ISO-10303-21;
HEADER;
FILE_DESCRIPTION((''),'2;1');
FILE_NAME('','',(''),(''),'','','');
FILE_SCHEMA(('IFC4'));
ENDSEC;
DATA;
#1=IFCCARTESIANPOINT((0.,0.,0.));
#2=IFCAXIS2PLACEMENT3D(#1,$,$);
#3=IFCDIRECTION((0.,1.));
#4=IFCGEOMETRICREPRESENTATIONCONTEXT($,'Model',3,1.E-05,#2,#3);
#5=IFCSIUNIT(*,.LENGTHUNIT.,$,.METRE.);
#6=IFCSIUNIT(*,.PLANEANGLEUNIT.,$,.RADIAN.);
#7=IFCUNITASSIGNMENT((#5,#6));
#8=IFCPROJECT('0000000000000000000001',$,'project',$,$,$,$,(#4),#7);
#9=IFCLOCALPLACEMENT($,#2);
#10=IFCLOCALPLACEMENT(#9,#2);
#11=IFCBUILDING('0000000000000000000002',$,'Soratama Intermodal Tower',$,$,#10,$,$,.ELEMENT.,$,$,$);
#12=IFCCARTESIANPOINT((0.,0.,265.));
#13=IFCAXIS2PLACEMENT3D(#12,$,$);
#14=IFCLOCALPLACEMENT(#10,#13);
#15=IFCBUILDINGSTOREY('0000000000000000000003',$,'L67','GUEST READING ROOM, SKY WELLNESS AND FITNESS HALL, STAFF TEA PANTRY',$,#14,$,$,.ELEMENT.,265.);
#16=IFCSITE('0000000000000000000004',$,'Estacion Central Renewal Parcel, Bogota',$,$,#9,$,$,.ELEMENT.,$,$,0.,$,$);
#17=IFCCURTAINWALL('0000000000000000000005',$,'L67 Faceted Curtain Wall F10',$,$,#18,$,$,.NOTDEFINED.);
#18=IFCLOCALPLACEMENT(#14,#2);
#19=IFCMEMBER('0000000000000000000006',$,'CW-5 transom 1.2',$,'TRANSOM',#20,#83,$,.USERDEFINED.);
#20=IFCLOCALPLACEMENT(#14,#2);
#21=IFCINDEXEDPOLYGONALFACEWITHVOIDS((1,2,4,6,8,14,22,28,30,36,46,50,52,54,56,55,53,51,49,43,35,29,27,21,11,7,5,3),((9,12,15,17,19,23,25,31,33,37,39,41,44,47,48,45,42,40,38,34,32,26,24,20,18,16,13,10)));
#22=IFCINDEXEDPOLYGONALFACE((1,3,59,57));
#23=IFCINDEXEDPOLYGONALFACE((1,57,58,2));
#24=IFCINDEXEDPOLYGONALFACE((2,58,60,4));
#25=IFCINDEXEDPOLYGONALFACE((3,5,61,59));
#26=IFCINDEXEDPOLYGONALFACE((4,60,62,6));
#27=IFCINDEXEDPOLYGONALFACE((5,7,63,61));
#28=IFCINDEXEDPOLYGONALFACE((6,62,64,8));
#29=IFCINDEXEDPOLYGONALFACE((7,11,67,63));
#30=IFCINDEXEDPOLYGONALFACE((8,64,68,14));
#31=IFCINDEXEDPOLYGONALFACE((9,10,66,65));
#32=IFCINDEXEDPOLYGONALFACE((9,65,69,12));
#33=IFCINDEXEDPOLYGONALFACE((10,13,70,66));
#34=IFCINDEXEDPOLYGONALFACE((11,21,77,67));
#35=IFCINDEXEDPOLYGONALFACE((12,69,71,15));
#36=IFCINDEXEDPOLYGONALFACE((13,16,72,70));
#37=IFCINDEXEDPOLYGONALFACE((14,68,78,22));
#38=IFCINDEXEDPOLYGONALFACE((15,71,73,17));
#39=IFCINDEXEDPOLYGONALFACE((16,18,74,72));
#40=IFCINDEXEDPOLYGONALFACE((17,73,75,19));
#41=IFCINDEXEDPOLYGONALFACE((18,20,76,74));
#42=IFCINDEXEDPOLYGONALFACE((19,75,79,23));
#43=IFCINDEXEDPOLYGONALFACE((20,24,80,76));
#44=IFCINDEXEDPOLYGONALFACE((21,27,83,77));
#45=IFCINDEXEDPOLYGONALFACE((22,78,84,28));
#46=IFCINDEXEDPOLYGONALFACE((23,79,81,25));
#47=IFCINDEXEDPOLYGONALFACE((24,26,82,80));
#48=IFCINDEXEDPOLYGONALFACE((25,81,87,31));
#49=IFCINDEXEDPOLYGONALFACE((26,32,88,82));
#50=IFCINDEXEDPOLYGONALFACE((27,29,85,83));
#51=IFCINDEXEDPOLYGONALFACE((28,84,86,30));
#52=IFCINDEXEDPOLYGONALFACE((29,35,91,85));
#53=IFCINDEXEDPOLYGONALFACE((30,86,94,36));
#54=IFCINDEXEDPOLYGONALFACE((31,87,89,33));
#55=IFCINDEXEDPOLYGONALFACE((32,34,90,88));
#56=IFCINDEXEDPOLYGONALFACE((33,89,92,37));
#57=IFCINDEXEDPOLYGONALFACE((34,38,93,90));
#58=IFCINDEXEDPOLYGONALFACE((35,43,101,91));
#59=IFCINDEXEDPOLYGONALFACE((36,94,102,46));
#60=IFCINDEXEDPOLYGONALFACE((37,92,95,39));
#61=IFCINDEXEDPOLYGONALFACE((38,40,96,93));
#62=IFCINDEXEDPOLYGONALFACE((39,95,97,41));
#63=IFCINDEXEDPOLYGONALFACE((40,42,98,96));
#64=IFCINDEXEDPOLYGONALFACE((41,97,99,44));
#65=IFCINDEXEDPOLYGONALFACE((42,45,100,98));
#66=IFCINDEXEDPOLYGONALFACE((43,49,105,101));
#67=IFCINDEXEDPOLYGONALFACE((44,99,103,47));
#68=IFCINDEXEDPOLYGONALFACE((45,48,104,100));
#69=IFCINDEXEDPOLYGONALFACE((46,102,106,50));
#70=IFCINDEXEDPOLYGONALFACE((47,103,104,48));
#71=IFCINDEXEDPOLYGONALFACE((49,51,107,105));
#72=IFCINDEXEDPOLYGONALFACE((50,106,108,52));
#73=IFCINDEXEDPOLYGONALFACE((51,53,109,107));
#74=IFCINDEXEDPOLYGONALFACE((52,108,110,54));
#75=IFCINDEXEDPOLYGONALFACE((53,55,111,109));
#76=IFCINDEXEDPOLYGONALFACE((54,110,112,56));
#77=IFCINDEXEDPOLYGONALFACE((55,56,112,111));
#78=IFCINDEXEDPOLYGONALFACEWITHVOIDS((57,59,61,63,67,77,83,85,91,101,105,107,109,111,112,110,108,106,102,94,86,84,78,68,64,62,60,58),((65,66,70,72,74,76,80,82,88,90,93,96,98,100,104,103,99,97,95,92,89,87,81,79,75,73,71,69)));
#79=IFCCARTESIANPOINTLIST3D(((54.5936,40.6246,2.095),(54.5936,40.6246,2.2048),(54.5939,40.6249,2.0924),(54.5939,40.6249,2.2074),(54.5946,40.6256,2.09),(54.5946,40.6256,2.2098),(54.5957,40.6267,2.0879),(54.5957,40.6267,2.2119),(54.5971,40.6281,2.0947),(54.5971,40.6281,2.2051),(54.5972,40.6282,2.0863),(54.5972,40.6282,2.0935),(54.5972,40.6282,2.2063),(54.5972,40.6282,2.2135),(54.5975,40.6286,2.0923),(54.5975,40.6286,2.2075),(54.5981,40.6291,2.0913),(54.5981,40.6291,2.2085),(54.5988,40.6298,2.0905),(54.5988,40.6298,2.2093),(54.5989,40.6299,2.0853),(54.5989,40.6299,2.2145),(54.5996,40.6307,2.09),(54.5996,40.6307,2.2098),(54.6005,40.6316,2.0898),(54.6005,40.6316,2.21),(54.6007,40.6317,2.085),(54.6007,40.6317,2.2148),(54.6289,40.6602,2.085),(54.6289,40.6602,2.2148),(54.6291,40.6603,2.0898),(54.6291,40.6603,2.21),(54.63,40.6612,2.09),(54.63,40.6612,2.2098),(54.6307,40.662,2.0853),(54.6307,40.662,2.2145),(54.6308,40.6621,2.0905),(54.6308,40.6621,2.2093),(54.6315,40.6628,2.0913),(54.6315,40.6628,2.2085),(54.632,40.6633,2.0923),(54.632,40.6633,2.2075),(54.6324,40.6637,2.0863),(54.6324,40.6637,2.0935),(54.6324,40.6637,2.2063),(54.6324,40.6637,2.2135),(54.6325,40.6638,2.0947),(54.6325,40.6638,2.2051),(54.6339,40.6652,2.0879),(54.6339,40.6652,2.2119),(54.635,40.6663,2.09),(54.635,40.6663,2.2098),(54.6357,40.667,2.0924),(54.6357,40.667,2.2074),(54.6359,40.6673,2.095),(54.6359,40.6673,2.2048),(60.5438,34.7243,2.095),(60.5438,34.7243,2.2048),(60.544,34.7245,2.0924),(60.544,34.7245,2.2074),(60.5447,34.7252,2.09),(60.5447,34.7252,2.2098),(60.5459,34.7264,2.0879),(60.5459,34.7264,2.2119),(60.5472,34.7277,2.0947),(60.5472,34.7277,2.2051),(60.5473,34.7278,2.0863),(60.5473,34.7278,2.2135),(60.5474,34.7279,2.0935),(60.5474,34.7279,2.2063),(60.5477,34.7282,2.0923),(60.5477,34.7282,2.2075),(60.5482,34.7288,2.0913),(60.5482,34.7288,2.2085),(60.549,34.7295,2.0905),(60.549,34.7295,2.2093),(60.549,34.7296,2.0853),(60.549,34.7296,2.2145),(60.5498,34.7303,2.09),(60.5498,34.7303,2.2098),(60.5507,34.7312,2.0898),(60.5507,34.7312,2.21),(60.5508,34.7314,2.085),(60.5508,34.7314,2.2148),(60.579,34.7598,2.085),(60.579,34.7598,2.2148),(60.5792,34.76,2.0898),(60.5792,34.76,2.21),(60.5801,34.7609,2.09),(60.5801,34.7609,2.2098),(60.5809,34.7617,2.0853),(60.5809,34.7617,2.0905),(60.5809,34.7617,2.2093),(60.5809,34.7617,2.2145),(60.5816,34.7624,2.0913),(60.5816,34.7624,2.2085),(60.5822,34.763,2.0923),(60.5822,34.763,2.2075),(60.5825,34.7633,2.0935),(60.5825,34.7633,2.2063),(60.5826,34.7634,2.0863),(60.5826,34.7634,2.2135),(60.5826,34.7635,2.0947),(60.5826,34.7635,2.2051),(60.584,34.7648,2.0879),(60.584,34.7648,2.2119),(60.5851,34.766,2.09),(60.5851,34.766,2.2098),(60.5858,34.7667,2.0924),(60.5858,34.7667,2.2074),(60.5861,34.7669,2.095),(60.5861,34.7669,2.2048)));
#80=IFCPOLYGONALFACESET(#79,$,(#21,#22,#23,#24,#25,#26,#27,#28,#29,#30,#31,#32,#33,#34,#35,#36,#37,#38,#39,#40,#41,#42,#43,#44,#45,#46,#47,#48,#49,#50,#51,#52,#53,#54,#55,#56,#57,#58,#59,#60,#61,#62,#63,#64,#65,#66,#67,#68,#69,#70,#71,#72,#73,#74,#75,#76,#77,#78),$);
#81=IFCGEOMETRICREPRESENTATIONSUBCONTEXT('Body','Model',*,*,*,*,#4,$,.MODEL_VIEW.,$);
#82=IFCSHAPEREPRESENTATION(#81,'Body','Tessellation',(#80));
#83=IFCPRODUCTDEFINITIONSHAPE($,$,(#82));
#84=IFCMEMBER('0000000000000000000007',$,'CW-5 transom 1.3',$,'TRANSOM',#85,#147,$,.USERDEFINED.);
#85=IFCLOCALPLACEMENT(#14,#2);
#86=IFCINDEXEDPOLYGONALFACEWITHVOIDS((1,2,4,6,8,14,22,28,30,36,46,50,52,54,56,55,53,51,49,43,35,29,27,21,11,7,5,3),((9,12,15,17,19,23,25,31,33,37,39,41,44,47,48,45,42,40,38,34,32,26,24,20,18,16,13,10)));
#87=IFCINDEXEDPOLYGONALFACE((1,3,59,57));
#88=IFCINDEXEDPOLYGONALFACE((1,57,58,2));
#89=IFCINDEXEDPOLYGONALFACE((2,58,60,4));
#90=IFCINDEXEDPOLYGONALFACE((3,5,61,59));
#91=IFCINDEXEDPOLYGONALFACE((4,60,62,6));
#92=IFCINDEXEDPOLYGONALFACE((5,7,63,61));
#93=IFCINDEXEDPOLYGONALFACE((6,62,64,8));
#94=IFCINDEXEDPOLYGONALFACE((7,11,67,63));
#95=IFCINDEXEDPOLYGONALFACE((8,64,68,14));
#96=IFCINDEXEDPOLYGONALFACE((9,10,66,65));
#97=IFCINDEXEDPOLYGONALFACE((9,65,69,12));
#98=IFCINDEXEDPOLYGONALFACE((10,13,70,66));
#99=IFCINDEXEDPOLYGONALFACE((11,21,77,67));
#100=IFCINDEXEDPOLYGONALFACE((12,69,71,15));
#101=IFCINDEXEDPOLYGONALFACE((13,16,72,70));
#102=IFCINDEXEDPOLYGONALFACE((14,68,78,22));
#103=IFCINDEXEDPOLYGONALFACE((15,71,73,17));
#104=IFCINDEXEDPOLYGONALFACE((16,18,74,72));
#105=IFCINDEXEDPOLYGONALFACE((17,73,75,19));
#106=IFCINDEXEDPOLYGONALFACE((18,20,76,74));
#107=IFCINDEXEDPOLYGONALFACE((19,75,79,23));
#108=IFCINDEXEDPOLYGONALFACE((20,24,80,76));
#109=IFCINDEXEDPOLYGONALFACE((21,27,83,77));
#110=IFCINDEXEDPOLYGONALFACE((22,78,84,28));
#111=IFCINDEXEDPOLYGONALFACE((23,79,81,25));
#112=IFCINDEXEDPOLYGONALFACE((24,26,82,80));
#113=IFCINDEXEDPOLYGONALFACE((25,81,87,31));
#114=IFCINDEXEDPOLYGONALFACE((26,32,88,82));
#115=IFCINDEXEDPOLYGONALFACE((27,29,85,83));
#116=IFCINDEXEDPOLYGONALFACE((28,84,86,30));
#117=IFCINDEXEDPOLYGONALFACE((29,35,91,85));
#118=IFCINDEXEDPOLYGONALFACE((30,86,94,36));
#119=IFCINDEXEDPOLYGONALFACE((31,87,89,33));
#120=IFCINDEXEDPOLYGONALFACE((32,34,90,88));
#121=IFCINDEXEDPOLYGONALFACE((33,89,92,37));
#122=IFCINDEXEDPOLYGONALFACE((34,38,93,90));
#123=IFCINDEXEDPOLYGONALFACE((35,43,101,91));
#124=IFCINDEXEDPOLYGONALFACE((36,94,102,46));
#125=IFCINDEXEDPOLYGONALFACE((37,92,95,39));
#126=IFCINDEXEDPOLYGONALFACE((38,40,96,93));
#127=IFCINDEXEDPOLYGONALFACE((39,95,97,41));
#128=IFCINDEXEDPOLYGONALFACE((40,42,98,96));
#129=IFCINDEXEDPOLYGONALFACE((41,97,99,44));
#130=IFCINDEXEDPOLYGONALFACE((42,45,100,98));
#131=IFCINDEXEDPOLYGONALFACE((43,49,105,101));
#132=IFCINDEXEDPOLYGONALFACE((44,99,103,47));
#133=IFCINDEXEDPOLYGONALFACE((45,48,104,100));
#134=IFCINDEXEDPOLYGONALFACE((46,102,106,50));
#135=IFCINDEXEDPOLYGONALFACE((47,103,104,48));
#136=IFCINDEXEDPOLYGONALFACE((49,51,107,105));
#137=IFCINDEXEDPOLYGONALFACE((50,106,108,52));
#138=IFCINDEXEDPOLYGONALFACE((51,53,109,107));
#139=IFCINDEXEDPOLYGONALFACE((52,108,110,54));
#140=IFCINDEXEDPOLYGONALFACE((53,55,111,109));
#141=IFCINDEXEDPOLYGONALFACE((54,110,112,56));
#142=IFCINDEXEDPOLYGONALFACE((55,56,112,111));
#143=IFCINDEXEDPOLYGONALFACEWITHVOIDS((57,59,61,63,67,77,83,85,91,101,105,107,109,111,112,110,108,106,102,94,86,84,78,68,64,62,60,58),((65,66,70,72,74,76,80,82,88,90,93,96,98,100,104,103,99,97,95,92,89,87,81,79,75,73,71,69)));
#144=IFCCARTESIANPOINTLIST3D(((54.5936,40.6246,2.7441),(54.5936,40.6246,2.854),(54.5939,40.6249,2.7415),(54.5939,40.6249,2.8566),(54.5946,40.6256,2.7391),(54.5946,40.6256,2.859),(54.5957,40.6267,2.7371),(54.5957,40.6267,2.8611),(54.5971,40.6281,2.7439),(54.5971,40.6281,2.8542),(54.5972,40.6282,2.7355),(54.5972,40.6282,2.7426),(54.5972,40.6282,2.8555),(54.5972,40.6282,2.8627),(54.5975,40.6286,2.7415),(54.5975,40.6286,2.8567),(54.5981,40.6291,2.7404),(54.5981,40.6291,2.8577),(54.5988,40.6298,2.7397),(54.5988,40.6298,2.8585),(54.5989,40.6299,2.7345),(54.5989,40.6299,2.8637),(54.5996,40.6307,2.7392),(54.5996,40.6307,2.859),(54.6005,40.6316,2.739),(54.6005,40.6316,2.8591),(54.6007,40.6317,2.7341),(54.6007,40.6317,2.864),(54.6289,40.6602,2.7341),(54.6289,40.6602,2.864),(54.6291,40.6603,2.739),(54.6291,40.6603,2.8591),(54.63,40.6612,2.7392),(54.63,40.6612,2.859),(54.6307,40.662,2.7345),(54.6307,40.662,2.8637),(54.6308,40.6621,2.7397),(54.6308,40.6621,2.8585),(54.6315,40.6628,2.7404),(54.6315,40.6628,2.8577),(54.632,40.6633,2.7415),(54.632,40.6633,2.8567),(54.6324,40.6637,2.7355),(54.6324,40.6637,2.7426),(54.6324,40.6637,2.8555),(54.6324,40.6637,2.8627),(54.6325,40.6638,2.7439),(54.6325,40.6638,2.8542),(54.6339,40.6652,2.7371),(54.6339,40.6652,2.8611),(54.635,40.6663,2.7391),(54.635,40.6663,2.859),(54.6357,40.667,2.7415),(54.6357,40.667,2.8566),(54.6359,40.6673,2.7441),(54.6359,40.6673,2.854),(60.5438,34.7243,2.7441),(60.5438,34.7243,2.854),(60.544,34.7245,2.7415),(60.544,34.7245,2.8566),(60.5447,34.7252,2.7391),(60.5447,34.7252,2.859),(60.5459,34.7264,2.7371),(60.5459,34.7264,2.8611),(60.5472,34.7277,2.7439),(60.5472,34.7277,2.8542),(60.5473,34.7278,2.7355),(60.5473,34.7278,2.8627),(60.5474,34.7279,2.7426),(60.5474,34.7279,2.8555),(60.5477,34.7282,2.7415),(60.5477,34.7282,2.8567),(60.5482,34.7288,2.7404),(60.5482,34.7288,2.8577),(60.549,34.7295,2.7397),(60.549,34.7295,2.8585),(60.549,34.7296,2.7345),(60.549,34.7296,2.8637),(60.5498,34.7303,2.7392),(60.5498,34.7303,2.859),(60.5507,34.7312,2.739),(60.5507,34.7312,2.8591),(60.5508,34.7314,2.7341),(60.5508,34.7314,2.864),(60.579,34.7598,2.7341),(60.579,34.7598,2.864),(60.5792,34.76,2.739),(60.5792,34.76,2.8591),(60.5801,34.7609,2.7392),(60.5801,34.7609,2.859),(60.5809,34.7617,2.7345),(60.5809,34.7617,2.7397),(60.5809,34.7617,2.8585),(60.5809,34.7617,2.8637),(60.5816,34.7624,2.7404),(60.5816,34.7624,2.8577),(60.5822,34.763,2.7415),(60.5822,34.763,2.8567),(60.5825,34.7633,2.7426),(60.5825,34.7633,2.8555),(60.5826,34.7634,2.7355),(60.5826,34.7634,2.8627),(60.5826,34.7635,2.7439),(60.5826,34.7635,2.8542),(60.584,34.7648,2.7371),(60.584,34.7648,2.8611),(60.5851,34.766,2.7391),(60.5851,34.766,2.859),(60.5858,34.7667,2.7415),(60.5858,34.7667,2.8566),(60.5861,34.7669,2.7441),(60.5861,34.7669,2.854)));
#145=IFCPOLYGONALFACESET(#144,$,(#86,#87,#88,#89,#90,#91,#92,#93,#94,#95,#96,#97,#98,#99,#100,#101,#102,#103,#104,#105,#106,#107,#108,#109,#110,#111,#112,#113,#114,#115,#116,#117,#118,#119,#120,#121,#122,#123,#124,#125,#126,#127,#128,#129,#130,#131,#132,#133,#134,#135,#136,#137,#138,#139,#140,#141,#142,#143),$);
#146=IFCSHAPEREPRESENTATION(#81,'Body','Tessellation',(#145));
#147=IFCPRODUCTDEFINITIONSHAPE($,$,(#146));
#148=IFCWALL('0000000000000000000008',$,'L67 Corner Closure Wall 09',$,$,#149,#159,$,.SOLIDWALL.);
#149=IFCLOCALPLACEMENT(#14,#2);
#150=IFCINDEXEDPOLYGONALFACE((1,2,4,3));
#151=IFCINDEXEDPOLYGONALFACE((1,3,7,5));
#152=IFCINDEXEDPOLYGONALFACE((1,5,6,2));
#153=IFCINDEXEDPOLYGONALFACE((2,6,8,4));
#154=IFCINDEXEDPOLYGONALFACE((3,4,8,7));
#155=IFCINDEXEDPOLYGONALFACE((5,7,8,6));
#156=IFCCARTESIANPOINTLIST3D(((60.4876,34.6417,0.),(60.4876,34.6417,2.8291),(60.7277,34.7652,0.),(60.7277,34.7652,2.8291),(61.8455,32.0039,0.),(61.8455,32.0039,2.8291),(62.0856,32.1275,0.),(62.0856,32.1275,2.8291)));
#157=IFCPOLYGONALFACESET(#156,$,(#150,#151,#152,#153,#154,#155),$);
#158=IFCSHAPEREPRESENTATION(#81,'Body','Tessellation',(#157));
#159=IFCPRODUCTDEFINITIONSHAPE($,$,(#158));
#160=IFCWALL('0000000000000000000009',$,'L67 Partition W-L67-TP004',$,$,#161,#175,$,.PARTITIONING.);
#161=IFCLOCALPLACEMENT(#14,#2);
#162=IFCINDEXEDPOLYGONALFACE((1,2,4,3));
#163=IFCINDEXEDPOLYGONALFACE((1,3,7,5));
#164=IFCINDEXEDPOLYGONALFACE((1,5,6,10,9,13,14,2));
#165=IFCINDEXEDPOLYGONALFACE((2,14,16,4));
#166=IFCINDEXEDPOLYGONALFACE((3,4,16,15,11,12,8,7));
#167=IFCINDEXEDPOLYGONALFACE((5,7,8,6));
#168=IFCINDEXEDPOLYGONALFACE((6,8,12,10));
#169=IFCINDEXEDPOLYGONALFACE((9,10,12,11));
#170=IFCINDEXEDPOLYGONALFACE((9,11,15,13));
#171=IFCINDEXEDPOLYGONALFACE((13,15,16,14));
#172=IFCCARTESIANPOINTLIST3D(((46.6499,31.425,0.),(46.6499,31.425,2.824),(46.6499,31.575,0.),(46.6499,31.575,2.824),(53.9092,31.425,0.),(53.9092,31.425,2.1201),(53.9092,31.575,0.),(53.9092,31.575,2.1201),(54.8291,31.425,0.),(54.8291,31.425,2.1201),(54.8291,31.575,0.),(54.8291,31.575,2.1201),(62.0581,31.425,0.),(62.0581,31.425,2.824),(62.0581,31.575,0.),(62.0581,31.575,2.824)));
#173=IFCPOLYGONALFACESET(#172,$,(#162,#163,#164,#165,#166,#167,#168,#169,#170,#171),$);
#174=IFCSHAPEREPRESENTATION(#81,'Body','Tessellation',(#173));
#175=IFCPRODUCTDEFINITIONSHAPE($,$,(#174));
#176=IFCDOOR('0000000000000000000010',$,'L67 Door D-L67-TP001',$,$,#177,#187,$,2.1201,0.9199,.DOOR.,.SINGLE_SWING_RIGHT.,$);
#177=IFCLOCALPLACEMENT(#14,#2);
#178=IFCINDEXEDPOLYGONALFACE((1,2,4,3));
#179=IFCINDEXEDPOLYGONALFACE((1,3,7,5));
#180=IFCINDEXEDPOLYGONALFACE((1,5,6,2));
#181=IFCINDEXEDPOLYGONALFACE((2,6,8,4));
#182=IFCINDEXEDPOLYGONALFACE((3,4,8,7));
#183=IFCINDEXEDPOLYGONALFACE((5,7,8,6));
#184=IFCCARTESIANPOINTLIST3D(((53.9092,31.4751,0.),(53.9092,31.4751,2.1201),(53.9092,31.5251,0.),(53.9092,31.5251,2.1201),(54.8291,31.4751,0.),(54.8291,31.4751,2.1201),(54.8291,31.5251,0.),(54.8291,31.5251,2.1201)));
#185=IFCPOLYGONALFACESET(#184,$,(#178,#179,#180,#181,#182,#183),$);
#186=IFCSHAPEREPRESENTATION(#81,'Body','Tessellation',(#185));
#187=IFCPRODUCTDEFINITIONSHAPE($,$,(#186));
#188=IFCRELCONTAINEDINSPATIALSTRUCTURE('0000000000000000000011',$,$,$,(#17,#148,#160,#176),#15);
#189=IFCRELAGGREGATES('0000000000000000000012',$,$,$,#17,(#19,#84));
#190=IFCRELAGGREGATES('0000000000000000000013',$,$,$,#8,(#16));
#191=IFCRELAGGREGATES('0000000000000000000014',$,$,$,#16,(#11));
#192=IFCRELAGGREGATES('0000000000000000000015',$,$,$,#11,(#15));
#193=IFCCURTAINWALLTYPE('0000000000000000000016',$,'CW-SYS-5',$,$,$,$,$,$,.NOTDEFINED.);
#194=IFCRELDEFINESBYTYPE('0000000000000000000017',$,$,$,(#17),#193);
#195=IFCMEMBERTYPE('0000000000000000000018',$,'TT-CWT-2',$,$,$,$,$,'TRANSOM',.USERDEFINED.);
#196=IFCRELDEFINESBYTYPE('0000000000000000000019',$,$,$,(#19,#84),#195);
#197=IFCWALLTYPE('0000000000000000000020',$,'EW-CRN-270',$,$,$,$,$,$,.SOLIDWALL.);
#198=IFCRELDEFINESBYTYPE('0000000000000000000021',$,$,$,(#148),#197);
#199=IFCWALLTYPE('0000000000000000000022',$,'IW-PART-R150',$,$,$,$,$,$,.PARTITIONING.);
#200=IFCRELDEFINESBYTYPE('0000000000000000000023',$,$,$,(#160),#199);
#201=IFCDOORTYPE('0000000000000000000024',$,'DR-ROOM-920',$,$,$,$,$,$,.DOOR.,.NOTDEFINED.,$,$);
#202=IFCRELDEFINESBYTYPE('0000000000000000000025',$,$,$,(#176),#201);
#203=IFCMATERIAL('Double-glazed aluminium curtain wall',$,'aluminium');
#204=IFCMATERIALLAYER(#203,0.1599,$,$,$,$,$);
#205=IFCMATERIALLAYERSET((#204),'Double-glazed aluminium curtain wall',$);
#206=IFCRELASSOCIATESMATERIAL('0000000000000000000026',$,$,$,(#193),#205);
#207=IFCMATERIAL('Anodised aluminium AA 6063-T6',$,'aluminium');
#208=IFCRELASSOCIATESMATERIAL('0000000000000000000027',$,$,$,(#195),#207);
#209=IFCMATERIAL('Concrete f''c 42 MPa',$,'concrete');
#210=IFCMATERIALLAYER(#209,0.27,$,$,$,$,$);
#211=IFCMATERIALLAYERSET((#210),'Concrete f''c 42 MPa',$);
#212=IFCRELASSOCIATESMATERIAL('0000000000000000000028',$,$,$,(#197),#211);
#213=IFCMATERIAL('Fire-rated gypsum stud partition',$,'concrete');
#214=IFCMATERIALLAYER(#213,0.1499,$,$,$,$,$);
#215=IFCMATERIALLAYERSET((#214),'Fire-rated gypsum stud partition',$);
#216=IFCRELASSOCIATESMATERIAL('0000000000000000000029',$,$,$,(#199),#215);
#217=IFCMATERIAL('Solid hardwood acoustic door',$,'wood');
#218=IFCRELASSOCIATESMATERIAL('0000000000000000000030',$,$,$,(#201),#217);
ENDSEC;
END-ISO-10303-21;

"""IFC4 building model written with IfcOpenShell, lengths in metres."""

from ifc_helpers import new_model, si_unit, direction, frame, frame_2d, origin, origin_2d, place, context, subcontext, project, spatial, rectangle, hollow_rectangle, extrude, material, layer, layer_set, material_profile, profile_set, type_object, element, fill, aggregate, save


model = new_model("IFC4")

# Units and contexts
model_context = context("Model", 3, precision=1e-05, world=origin(), true_north=direction((0.0, 1.0)))
body_context = subcontext(model_context, "Body", "Model", "MODEL_VIEW")
ifc_project = project(units=[si_unit("LENGTHUNIT", "METRE"), si_unit("PLANEANGLEUNIT", "RADIAN")], contexts=[model_context])

# Site, building, storey
site_placement = place(None, origin())
site = spatial("IfcSite", under=ifc_project, at=site_placement, Name="Estacion Central Renewal Parcel, Bogota", CompositionType="ELEMENT", RefElevation=0.0)
building_placement = place(site_placement, origin())
building = spatial("IfcBuilding", under=site, at=building_placement, Name="Soratama Intermodal Tower", CompositionType="ELEMENT")
storey_placement = place(building_placement, frame((0.0, 0.0, 265.0)))
storey = spatial("IfcBuildingStorey", under=building, at=storey_placement, Name="L67", Description="GUEST READING ROOM, SKY WELLNESS AND FITNESS HALL, STAFF TEA PANTRY", CompositionType="ELEMENT", Elevation=265.0)

# Curtain wall, members
ifc_material_1 = material(Name="Double-glazed aluminium curtain wall", Category="aluminium")
ifc_layer_1 = layer(ifc_material_1, 0.1599)
ifc_layer_set_1 = layer_set([ifc_layer_1], Name="Double-glazed aluminium curtain wall")
curtain_wall_type = type_object("IfcCurtainWallType", Name="CW-SYS-5", PredefinedType="NOTDEFINED", material=ifc_layer_set_1)
curtain_wall_placement = place(storey_placement, origin())
curtain_wall = element("IfcCurtainWall", 1, at=curtain_wall_placement, inside=storey, type_object=curtain_wall_type, Name="L67 Faceted Curtain Wall F10", PredefinedType="NOTDEFINED")
ifc_material_2 = material(Name="Anodised aluminium AA 6063-T6", Category="aluminium")
ifc_material_profile_1 = material_profile(ifc_material_2, hollow_rectangle(XDim=0.0601, YDim=0.1299, WallThickness=0.0049, InnerFilletRadius=0.0049, OuterFilletRadius=0.01, at=origin_2d()), Name="CWT130X60X5")
ifc_profile_set_1 = profile_set([ifc_material_profile_1], Name="Anodised aluminium AA 6063-T6")
member_type_1 = type_object("IfcMemberType", Name="TT-CWT-2", ElementType="TRANSOM", PredefinedType="USERDEFINED", material=ifc_profile_set_1)
member_1_placement = place(storey_placement, frame((60.5649, 34.7456, 2.1499), z_axis=(-0.710072, 0.704129, 0.0), x_axis=(-0.704129, -0.710072, 0.0)))
member_1 = element("IfcMember", 2, at=member_1_placement, type_object=member_type_1, Name="CW-5 transom 1.2", ObjectType="TRANSOM", PredefinedType="USERDEFINED", context=body_context, shape_type="SweptSolid", body=[
    extrude(hollow_rectangle(XDim=0.0601, YDim=0.1299, WallThickness=0.0049, InnerFilletRadius=0.0049, OuterFilletRadius=0.01, at=origin_2d()), origin(), (0.0, 0.0, 1.0), 8.3796),
])
member_2_placement = place(storey_placement, frame((60.5649, 34.7456, 2.7991), z_axis=(-0.710072, 0.704129, 0.0), x_axis=(-0.704129, -0.710072, 0.0)))
member_2 = element("IfcMember", 3, at=member_2_placement, type_object=member_type_1, Name="CW-5 transom 1.3", ObjectType="TRANSOM", PredefinedType="USERDEFINED", context=body_context, shape_type="SweptSolid", body=[
    extrude(hollow_rectangle(XDim=0.0601, YDim=0.1299, WallThickness=0.0049, InnerFilletRadius=0.0049, OuterFilletRadius=0.01, at=origin_2d()), origin(), (0.0, 0.0, 1.0), 8.3796),
])
aggregate(curtain_wall, [member_1, member_2])

# Wall
ifc_material_3 = material(Name="Concrete f'c 42 MPa", Category="concrete")
ifc_layer_2 = layer(ifc_material_3, 0.27)
ifc_layer_set_2 = layer_set([ifc_layer_2], Name="Concrete f'c 42 MPa")
wall_type_1 = type_object("IfcWallType", Name="EW-CRN-270", PredefinedType="SOLIDWALL", material=ifc_layer_set_2)
wall_1_placement = place(storey_placement, frame((61.9656, 32.0657, 0.0), z_axis=(0.0, 0.0, 1.0), x_axis=(-0.457716, 0.889098, 0.0)))
element("IfcWall", 4, at=wall_1_placement, inside=storey, type_object=wall_type_1, Name="L67 Corner Closure Wall 09", PredefinedType="SOLIDWALL", context=body_context, shape_type="SweptSolid", body=[
    extrude(rectangle(XDim=2.9668, YDim=0.27, at=frame_2d((1.4834, 0.0))), origin(), (0.0, 0.0, 1.0), 2.8291),
])

# Wall, opening, door
ifc_material_4 = material(Name="Fire-rated gypsum stud partition", Category="concrete")
ifc_layer_3 = layer(ifc_material_4, 0.1499)
ifc_layer_set_3 = layer_set([ifc_layer_3], Name="Fire-rated gypsum stud partition")
wall_type_2 = type_object("IfcWallType", Name="IW-PART-R150", PredefinedType="PARTITIONING", material=ifc_layer_set_3)
wall_2_placement = place(storey_placement, frame((62.0581, 31.5, 0.0), z_axis=(0.0, 0.0, 1.0), x_axis=(-1.0, 0.0, 0.0)))
wall_2 = element("IfcWall", 5, at=wall_2_placement, inside=storey, type_object=wall_type_2, Name="L67 Partition W-L67-TP004", PredefinedType="PARTITIONING", context=body_context, shape_type="SweptSolid", body=[
    extrude(rectangle(XDim=15.4082, YDim=0.1499, at=frame_2d((7.7041, 0.0))), origin(), (0.0, 0.0, 1.0), 2.824),
])
opening_1_placement = place(wall_2_placement, frame((7.229, 0.0, 0.0)))
opening_1 = element("IfcOpeningElement", 6, at=opening_1_placement, cuts=wall_2, PredefinedType="OPENING", context=body_context, shape_type="SweptSolid", body=[
    extrude(rectangle(XDim=0.9199, YDim=2.1201, at=frame_2d((0.46, 1.0601))), frame((0.0, 0.085, 0.0), z_axis=(0.0, -1.0, 0.0), x_axis=(1.0, 0.0, 0.0)), (0.0, 0.0, 1.0), 0.1699),
])
ifc_material_5 = material(Name="Solid hardwood acoustic door", Category="wood")
door_type = type_object("IfcDoorType", Name="DR-ROOM-920", OperationType="NOTDEFINED", PredefinedType="DOOR", material=ifc_material_5)
door_1_placement = place(opening_1_placement, origin())
door_1 = element("IfcDoor", 7, at=door_1_placement, inside=storey, type_object=door_type, Name="L67 Door D-L67-TP001", OperationType="SINGLE_SWING_RIGHT", OverallHeight=2.1201, OverallWidth=0.9199, PredefinedType="DOOR", context=body_context, shape_type="SweptSolid", body=[
    extrude(rectangle(XDim=0.9199, YDim=2.1201, at=frame_2d((0.46, 1.0601))), frame((0.0, 0.0249, 0.0), z_axis=(0.0, -1.0, 0.0), x_axis=(1.0, 0.0, 0.0)), (0.0, 0.0, 1.0), 0.05),
])
fill(opening_1, door_1)

save(model, "model.ifc")
